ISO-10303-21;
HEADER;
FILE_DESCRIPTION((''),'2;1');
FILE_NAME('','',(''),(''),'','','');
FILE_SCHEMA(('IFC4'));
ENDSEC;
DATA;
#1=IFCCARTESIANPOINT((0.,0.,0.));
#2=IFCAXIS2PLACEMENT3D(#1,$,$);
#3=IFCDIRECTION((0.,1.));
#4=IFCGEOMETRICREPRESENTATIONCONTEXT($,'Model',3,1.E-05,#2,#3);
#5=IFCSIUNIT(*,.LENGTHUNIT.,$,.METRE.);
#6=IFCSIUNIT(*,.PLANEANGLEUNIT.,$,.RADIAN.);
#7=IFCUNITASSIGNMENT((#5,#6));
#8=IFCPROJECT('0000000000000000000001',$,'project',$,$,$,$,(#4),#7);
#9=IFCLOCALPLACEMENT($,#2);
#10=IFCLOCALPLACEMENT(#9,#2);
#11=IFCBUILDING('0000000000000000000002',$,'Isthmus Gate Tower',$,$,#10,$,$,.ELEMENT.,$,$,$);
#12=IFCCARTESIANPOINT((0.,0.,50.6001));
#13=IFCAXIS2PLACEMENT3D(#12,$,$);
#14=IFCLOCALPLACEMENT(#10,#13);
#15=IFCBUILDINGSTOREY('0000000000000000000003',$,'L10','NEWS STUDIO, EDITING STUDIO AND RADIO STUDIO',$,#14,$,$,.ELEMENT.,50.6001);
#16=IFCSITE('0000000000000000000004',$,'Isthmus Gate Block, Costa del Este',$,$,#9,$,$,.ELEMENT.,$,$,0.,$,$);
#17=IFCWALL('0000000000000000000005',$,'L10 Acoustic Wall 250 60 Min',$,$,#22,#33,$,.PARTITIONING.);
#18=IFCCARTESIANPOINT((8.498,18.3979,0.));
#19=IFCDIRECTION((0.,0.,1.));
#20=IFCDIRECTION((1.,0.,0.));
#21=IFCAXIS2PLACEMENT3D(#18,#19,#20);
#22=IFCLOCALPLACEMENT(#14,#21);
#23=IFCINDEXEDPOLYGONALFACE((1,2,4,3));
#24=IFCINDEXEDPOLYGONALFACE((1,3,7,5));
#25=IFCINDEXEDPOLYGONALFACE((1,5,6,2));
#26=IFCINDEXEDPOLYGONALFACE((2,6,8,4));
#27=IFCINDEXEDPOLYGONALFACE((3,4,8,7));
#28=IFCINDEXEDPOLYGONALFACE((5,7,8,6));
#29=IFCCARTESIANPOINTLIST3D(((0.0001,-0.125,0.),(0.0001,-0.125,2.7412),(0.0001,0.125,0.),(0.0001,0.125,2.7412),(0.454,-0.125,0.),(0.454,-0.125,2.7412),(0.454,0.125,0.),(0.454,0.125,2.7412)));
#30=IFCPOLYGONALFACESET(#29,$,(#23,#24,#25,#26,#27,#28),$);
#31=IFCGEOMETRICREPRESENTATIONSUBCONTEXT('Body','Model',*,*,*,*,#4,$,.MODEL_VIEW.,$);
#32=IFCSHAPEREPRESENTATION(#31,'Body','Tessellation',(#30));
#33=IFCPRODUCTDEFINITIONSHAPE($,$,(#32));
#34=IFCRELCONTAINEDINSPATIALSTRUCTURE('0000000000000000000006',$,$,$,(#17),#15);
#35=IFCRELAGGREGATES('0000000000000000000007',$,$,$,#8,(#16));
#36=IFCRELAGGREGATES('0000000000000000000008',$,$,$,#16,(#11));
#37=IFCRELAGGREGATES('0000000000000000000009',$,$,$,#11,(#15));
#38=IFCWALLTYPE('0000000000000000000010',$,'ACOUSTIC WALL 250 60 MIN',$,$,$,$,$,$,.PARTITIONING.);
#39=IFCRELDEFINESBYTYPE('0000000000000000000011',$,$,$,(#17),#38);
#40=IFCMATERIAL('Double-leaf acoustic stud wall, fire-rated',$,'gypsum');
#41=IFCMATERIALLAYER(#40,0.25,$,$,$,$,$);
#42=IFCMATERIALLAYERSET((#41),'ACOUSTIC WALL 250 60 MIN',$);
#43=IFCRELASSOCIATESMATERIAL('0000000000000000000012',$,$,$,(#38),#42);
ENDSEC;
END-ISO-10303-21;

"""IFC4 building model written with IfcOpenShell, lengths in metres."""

from ifc_helpers import new_model, si_unit, direction, frame, frame_2d, origin, place, context, subcontext, project, spatial, rectangle, extrude, material, layer, layer_set, type_object, element, save


model = new_model("IFC4")

# Units and contexts
model_context = context("Model", 3, precision=1e-05, world=origin(), true_north=direction((0.0, 1.0)))
body_context = subcontext(model_context, "Body", "Model", "MODEL_VIEW")
ifc_project = project(units=[si_unit("LENGTHUNIT", "METRE"), si_unit("PLANEANGLEUNIT", "RADIAN")], contexts=[model_context])

# Site, building, storey
site_placement = place(None, origin())
site = spatial("IfcSite", under=ifc_project, at=site_placement, Name="Isthmus Gate Block, Costa del Este", CompositionType="ELEMENT", RefElevation=0.0)
building_placement = place(site_placement, origin())
building = spatial("IfcBuilding", under=site, at=building_placement, Name="Isthmus Gate Tower", CompositionType="ELEMENT")
storey_placement = place(building_placement, frame((0.0, 0.0, 50.6001)))
storey = spatial("IfcBuildingStorey", under=building, at=storey_placement, Name="L10", Description="NEWS STUDIO, EDITING STUDIO AND RADIO STUDIO", CompositionType="ELEMENT", Elevation=50.6001)

# Wall
ifc_material_1 = material(Name="Double-leaf acoustic stud wall, fire-rated", Category="gypsum")
ifc_layer_1 = layer(ifc_material_1, 0.25)
ifc_layer_set_1 = layer_set([ifc_layer_1], Name="ACOUSTIC WALL 250 60 MIN")
wall_type_1 = type_object("IfcWallType", Name="ACOUSTIC WALL 250 60 MIN", PredefinedType="PARTITIONING", material=ifc_layer_set_1)
wall_1_placement = place(storey_placement, frame((8.498, 18.3979, 0.0), z_axis=(0.0, 0.0, 1.0), x_axis=(1.0, 0.0, 0.0)))
element("IfcWall", 1, at=wall_1_placement, inside=storey, type_object=wall_type_1, Name="L10 Acoustic Wall 250 60 Min", PredefinedType="PARTITIONING", context=body_context, shape_type="SweptSolid", body=[
    extrude(rectangle(XDim=0.4539, YDim=0.25, at=frame_2d((0.2271, 0.0))), origin(), (0.0, 0.0, 1.0), 2.7412),
])

save(model, "model.ifc")
